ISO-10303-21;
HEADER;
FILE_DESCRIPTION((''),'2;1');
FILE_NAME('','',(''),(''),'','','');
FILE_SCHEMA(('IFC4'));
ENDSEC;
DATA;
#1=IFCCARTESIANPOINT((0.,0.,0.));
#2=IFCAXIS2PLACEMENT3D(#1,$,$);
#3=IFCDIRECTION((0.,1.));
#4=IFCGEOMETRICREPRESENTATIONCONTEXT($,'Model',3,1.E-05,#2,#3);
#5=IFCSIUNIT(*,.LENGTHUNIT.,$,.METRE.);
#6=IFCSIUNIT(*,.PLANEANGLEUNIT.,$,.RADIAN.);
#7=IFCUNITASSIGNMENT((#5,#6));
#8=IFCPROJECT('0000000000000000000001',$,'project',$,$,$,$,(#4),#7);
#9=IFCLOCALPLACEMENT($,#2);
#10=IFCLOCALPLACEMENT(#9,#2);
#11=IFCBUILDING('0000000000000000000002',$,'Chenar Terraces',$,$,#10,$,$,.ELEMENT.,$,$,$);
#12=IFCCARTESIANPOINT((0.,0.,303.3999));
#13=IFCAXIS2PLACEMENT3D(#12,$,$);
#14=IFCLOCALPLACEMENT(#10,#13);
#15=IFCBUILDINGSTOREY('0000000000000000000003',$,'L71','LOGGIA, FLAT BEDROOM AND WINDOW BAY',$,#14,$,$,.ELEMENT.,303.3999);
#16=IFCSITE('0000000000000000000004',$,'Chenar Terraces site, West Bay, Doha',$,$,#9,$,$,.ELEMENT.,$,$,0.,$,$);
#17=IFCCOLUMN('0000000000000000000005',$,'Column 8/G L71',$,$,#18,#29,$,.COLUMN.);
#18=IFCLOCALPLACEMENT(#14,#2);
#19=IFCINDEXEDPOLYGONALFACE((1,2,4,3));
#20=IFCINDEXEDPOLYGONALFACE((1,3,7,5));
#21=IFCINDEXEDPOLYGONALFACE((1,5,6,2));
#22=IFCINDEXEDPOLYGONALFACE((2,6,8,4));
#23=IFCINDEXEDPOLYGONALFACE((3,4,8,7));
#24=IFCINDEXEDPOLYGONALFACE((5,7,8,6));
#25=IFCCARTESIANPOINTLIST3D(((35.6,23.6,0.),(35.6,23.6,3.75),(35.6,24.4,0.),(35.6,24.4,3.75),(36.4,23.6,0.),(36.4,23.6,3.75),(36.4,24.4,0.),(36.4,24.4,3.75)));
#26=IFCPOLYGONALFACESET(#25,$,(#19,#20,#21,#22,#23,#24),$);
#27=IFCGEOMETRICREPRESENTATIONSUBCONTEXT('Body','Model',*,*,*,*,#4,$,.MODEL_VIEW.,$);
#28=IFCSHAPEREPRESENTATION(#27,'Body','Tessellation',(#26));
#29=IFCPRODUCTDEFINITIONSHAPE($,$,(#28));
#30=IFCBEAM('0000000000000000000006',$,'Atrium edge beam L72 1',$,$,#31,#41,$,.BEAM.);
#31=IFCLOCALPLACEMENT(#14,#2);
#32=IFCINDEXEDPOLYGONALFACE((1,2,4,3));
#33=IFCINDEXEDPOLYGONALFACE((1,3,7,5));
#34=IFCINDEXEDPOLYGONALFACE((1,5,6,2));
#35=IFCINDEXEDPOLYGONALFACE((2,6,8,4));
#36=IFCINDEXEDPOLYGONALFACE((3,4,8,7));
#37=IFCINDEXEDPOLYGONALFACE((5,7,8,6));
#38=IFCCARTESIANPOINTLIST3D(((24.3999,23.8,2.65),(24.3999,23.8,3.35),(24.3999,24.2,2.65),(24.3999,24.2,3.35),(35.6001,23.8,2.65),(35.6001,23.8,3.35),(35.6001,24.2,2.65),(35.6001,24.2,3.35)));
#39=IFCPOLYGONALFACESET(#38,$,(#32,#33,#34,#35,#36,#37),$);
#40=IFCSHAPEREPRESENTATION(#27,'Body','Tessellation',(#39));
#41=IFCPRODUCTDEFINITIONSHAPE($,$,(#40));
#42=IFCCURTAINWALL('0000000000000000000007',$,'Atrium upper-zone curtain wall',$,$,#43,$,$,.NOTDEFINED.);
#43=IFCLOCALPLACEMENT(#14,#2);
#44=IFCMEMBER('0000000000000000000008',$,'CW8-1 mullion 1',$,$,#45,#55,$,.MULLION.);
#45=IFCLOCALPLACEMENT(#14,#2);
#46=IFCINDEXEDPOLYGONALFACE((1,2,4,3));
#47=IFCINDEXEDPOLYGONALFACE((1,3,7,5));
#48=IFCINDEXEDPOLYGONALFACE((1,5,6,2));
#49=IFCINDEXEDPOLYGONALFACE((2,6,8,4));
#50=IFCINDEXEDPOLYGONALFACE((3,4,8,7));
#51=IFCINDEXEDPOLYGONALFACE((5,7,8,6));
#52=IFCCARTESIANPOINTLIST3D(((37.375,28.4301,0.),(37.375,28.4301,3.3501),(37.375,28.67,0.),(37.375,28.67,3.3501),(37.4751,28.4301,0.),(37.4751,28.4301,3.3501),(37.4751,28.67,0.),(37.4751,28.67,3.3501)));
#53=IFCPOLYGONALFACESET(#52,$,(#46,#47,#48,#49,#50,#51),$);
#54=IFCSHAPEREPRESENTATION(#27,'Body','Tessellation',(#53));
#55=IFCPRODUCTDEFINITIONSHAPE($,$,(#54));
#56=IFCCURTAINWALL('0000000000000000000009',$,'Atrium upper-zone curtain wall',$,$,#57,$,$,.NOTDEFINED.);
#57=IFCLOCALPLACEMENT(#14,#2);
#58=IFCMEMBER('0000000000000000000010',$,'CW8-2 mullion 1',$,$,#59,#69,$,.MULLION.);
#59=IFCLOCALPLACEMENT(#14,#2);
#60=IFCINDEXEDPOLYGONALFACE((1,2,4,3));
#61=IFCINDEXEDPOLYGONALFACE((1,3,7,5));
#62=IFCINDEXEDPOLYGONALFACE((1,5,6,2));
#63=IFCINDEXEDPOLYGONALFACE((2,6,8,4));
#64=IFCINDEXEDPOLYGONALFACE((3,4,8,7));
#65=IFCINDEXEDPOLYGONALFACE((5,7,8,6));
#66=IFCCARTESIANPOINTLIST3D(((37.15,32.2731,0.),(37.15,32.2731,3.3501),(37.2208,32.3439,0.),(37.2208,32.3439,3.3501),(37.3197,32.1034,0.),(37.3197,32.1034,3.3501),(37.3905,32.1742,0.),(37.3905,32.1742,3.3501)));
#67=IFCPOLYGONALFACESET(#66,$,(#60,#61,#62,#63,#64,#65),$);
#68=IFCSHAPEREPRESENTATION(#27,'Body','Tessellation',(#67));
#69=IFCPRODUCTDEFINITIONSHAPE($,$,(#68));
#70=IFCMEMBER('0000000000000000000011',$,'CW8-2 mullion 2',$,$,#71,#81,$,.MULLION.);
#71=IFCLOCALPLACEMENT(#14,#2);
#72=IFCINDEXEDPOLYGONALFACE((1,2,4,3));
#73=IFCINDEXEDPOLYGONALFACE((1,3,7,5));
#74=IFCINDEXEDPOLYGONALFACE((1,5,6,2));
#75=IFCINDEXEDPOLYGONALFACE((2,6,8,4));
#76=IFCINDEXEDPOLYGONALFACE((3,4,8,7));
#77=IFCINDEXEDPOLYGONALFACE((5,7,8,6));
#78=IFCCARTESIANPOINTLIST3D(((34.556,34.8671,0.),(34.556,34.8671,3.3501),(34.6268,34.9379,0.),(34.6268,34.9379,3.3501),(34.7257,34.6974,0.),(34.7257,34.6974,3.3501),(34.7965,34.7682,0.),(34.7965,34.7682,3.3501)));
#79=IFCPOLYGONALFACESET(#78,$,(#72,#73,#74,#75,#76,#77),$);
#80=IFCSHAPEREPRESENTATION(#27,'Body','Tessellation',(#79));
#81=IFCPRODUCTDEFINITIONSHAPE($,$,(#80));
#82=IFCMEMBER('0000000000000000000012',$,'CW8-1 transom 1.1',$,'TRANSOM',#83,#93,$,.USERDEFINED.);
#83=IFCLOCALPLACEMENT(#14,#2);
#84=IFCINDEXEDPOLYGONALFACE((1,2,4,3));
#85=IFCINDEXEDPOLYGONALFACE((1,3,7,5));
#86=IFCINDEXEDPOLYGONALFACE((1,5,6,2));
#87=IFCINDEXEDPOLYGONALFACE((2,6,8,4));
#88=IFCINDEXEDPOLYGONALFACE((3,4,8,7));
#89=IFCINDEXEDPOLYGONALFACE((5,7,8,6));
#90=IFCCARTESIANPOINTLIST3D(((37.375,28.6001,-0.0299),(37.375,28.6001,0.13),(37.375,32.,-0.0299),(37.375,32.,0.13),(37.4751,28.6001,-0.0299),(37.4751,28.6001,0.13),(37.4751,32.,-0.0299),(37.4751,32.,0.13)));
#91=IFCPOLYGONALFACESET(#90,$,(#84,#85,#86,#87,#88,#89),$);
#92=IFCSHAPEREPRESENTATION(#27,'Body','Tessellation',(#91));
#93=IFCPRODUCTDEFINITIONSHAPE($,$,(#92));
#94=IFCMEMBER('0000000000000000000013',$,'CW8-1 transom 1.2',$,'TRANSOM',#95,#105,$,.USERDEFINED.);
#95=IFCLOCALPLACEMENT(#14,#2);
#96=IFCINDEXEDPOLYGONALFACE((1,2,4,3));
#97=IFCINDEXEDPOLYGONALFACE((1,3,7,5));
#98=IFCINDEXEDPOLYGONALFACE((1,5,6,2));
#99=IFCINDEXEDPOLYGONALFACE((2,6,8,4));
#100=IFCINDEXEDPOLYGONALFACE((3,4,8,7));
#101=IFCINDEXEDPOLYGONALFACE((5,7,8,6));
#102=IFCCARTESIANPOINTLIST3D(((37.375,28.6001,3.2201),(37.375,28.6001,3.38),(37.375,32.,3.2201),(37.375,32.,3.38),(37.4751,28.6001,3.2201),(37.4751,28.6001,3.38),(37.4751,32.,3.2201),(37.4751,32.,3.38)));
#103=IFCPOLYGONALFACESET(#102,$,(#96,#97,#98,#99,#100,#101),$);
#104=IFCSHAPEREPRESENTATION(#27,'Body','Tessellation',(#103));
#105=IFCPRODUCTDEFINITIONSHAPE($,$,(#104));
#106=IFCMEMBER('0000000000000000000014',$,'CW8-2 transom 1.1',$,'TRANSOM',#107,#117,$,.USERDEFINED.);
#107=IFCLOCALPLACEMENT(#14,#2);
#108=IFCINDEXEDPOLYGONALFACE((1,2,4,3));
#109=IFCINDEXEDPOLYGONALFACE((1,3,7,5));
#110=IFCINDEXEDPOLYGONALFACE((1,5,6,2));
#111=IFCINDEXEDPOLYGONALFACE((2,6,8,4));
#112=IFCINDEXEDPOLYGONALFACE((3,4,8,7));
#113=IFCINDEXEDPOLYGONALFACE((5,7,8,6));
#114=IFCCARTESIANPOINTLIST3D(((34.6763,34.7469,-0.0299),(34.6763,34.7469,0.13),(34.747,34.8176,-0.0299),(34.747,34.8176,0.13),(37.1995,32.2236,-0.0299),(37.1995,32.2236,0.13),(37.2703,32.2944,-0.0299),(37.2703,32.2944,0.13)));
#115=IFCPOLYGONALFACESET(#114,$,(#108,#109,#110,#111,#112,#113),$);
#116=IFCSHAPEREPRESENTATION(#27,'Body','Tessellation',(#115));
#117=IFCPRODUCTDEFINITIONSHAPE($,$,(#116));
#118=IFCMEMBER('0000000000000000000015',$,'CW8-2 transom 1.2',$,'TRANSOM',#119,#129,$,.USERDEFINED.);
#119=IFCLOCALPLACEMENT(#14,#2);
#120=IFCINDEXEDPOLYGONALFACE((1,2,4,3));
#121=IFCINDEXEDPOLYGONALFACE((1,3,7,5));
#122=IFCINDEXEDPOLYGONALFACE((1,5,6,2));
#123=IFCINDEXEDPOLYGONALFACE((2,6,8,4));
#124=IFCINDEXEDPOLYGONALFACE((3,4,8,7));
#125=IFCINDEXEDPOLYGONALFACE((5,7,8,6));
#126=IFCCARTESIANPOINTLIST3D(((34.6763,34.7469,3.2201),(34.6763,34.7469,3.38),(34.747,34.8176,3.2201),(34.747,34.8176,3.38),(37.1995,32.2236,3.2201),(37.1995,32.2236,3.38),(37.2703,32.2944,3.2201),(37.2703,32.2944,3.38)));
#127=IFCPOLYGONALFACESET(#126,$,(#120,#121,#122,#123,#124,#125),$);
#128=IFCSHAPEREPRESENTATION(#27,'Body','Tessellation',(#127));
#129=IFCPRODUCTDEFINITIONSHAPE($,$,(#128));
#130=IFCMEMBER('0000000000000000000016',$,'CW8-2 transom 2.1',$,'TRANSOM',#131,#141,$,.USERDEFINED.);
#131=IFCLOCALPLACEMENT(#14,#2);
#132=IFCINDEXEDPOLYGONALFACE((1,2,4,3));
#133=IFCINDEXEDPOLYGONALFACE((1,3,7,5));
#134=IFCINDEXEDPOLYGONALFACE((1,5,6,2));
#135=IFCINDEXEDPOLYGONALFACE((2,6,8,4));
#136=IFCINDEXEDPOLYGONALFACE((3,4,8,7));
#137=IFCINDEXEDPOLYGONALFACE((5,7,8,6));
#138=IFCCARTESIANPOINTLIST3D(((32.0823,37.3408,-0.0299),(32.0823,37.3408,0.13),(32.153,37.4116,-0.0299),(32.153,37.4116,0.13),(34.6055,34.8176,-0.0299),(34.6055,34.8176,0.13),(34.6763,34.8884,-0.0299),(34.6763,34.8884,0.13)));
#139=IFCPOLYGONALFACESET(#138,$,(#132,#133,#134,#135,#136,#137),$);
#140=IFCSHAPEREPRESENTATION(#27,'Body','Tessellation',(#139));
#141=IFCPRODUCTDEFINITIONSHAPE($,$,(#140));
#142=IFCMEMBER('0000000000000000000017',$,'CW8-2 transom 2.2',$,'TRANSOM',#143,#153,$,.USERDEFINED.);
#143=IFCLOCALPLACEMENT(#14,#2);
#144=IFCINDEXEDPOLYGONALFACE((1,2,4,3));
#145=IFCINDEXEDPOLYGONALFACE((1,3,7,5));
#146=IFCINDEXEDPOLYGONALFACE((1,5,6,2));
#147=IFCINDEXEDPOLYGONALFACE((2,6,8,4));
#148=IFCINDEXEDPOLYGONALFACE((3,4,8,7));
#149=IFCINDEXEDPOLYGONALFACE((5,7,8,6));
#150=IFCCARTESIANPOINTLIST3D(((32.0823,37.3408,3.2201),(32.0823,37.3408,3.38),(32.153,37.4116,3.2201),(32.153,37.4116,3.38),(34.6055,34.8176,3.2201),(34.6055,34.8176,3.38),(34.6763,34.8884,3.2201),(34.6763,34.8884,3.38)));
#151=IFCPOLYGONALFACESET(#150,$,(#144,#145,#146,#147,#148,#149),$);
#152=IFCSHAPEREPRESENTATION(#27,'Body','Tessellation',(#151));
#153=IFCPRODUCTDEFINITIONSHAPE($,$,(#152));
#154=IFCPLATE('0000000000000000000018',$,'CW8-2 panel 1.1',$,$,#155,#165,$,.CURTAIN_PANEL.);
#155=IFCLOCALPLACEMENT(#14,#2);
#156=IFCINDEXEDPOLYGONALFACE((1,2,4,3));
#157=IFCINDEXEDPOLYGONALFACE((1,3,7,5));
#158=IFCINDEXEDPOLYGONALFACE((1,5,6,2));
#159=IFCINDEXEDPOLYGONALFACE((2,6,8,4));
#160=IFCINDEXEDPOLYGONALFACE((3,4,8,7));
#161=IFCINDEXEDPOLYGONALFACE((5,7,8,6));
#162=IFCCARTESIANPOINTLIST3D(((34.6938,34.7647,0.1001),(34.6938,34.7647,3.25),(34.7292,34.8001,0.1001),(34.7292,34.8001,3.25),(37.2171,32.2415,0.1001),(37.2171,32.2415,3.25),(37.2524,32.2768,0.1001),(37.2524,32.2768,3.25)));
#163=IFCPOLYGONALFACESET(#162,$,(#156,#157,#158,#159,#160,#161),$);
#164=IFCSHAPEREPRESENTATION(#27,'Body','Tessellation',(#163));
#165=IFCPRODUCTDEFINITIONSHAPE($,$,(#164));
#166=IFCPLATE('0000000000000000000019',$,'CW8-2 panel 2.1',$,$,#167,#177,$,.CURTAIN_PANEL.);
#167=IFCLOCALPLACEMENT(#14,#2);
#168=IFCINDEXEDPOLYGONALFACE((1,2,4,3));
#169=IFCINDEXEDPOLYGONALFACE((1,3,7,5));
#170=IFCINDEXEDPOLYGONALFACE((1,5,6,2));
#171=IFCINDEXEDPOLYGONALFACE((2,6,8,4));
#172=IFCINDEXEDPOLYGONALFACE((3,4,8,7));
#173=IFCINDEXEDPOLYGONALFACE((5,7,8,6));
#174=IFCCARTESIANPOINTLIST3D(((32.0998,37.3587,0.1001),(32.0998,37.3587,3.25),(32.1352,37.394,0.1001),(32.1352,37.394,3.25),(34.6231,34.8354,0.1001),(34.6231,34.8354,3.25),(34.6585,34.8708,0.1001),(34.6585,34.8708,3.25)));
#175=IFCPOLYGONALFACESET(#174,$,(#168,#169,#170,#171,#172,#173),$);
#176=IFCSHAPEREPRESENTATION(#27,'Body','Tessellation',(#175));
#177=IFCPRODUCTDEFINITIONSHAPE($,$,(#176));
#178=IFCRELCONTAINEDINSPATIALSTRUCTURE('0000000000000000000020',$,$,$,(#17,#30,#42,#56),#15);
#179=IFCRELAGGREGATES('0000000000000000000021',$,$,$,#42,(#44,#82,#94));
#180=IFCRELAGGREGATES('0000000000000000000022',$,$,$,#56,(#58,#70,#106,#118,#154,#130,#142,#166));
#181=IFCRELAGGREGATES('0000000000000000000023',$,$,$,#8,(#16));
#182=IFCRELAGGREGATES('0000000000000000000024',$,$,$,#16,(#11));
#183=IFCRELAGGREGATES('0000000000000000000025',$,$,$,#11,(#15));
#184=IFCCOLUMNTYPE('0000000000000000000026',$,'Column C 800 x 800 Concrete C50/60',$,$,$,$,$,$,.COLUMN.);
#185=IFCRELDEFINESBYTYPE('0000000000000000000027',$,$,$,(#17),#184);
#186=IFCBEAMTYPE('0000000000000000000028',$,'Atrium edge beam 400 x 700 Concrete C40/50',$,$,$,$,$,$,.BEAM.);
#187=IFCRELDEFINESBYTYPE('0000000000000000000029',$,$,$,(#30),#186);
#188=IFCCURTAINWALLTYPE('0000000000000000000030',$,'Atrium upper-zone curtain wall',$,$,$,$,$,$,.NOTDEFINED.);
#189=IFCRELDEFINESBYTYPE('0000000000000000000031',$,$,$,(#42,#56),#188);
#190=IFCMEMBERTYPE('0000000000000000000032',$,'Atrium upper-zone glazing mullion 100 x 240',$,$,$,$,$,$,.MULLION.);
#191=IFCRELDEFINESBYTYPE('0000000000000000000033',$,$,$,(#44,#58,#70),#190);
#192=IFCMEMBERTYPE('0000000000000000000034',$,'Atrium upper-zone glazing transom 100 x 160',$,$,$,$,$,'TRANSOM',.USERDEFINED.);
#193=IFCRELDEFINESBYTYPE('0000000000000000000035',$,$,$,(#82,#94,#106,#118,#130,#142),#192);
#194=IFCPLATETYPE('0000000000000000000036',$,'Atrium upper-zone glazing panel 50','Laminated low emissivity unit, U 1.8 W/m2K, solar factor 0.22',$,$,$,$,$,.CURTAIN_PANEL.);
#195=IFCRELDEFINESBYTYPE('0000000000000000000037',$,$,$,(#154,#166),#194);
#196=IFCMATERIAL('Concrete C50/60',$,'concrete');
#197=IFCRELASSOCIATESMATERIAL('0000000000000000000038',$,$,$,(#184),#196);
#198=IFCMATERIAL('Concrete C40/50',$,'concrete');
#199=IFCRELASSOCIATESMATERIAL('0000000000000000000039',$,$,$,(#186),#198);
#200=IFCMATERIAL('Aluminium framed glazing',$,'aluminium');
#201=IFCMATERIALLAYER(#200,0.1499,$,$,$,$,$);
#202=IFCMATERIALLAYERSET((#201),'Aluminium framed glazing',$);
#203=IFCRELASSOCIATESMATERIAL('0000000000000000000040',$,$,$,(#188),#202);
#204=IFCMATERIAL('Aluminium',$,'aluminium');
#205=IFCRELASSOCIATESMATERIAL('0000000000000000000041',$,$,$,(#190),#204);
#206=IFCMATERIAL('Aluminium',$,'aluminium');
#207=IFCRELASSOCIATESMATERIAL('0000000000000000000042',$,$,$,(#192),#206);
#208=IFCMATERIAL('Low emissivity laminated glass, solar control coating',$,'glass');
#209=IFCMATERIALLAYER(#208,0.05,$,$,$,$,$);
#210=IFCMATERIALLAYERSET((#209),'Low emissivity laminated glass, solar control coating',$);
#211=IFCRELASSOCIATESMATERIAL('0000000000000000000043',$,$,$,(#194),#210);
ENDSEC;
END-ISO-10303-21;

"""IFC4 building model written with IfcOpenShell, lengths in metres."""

from ifc_helpers import new_model, si_unit, direction, frame, origin, origin_2d, place, context, subcontext, project, spatial, rectangle, extrude, material, layer, layer_set, material_profile, profile_set, type_object, element, aggregate, save


model = new_model("IFC4")

# Units and contexts
model_context = context("Model", 3, precision=1e-05, world=origin(), true_north=direction((0.0, 1.0)))
body_context = subcontext(model_context, "Body", "Model", "MODEL_VIEW")
ifc_project = project(units=[si_unit("LENGTHUNIT", "METRE"), si_unit("PLANEANGLEUNIT", "RADIAN")], contexts=[model_context])

# Site, building, storey
site_placement = place(None, origin())
site = spatial("IfcSite", under=ifc_project, at=site_placement, Name="Chenar Terraces site, West Bay, Doha", CompositionType="ELEMENT", RefElevation=0.0)
building_placement = place(site_placement, origin())
building = spatial("IfcBuilding", under=site, at=building_placement, Name="Chenar Terraces", CompositionType="ELEMENT")
storey_placement = place(building_placement, frame((0.0, 0.0, 303.3999)))
storey = spatial("IfcBuildingStorey", under=building, at=storey_placement, Name="L71", Description="LOGGIA, FLAT BEDROOM AND WINDOW BAY", CompositionType="ELEMENT", Elevation=303.3999)

# Column
ifc_material_1 = material(Name="Concrete C50/60", Category="concrete")
ifc_material_profile_1 = material_profile(ifc_material_1, rectangle(XDim=0.8, YDim=0.8, at=origin_2d()), Name="C 800 x 800")
ifc_profile_set_1 = profile_set([ifc_material_profile_1], Name="Concrete C50/60")
column_type = type_object("IfcColumnType", Name="Column C 800 x 800 Concrete C50/60", PredefinedType="COLUMN", material=ifc_profile_set_1)
column_placement = place(storey_placement, frame((36.0, 24.0, 0.0), z_axis=(0.0, 0.0, 1.0), x_axis=(1.0, 0.0, 0.0)))
element("IfcColumn", 1, at=column_placement, inside=storey, type_object=column_type, Name="Column 8/G L71", PredefinedType="COLUMN", context=body_context, shape_type="SweptSolid", body=[
    extrude(rectangle(XDim=0.8, YDim=0.8, at=origin_2d()), origin(), (0.0, 0.0, 1.0), 3.75),
])

# Beam
ifc_material_2 = material(Name="Concrete C40/50", Category="concrete")
ifc_material_profile_2 = material_profile(ifc_material_2, rectangle(XDim=0.3999, YDim=0.7, at=origin_2d()), Name="RC 400 x 700")
ifc_profile_set_2 = profile_set([ifc_material_profile_2], Name="Concrete C40/50")
beam_type = type_object("IfcBeamType", Name="Atrium edge beam 400 x 700 Concrete C40/50", PredefinedType="BEAM", material=ifc_profile_set_2)
beam_placement = place(storey_placement, frame((24.3999, 24.0, 3.0), z_axis=(1.0, 0.0, 0.0), x_axis=(0.0, 1.0, 0.0)))
element("IfcBeam", 2, at=beam_placement, inside=storey, type_object=beam_type, Name="Atrium edge beam L72 1", PredefinedType="BEAM", context=body_context, shape_type="SweptSolid", body=[
    extrude(rectangle(XDim=0.3999, YDim=0.7, at=origin_2d()), origin(), (0.0, 0.0, 1.0), 11.2002),
])

# Curtain wall, member
ifc_material_3 = material(Name="Aluminium framed glazing", Category="aluminium")
ifc_layer_1 = layer(ifc_material_3, 0.1499)
ifc_layer_set_1 = layer_set([ifc_layer_1], Name="Aluminium framed glazing")
curtain_wall_type = type_object("IfcCurtainWallType", Name="Atrium upper-zone curtain wall", PredefinedType="NOTDEFINED", material=ifc_layer_set_1)
placement = place(storey_placement, origin())
curtain_wall_1 = element("IfcCurtainWall", 3, at=placement, inside=storey, type_object=curtain_wall_type, Name="Atrium upper-zone curtain wall", PredefinedType="NOTDEFINED")
ifc_material_4 = material(Name="Aluminium", Category="aluminium")
ifc_material_profile_3 = material_profile(ifc_material_4, rectangle(XDim=0.1001, YDim=0.24, at=origin_2d()), Name="Atrium upper-zone glazing mullion 100 x 240")
ifc_profile_set_3 = profile_set([ifc_material_profile_3], Name="Aluminium")
member_type_1 = type_object("IfcMemberType", Name="Atrium upper-zone glazing mullion 100 x 240", PredefinedType="MULLION", material=ifc_profile_set_3)
member_1_placement = place(storey_placement, frame((37.425, 28.55, 0.0), z_axis=(0.0, 0.0, 1.0), x_axis=(-1.0, 0.0, 0.0)))
member_1 = element("IfcMember", 4, at=member_1_placement, type_object=member_type_1, Name="CW8-1 mullion 1", PredefinedType="MULLION", context=body_context, shape_type="SweptSolid", body=[
    extrude(rectangle(XDim=0.1001, YDim=0.24, at=origin_2d()), origin(), (0.0, 0.0, 1.0), 3.3501),
])

# Curtain wall, members
curtain_wall_2 = element("IfcCurtainWall", 5, at=placement, inside=storey, type_object=curtain_wall_type, Name="Atrium upper-zone curtain wall", PredefinedType="NOTDEFINED")
member_2_placement = place(storey_placement, frame((37.2703, 32.2236, 0.0), z_axis=(0.0, 0.0, 1.0), x_axis=(-0.707107, -0.707107, 0.0)))
member_2 = element("IfcMember", 6, at=member_2_placement, type_object=member_type_1, Name="CW8-2 mullion 1", PredefinedType="MULLION", context=body_context, shape_type="SweptSolid", body=[
    extrude(rectangle(XDim=0.1001, YDim=0.24, at=origin_2d()), origin(), (0.0, 0.0, 1.0), 3.3501),
])
member_3_placement = place(storey_placement, frame((34.6763, 34.8176, 0.0), z_axis=(0.0, 0.0, 1.0), x_axis=(-0.707107, -0.707107, 0.0)))
member_3 = element("IfcMember", 7, at=member_3_placement, type_object=member_type_1, Name="CW8-2 mullion 2", PredefinedType="MULLION", context=body_context, shape_type="SweptSolid", body=[
    extrude(rectangle(XDim=0.1001, YDim=0.24, at=origin_2d()), origin(), (0.0, 0.0, 1.0), 3.3501),
])

# Members
ifc_material_5 = material(Name="Aluminium", Category="aluminium")
ifc_material_profile_4 = material_profile(ifc_material_5, rectangle(XDim=0.1001, YDim=0.1599, at=origin_2d()), Name="Atrium upper-zone glazing transom 100 x 160")
ifc_profile_set_4 = profile_set([ifc_material_profile_4], Name="Aluminium")
member_type_2 = type_object("IfcMemberType", Name="Atrium upper-zone glazing transom 100 x 160", ElementType="TRANSOM", PredefinedType="USERDEFINED", material=ifc_profile_set_4)
member_4_placement = place(storey_placement, frame((37.425, 28.6001, 0.05), z_axis=(0.0, 1.0, 0.0), x_axis=(-1.0, 0.0, 0.0)))
member_4 = element("IfcMember", 8, at=member_4_placement, type_object=member_type_2, Name="CW8-1 transom 1.1", ObjectType="TRANSOM", PredefinedType="USERDEFINED", context=body_context, shape_type="SweptSolid", body=[
    extrude(rectangle(XDim=0.1001, YDim=0.1599, at=origin_2d()), origin(), (0.0, 0.0, 1.0), 3.3999),
])
member_5_placement = place(storey_placement, frame((37.425, 28.6001, 3.3), z_axis=(0.0, 1.0, 0.0), x_axis=(-1.0, 0.0, 0.0)))
member_5 = element("IfcMember", 9, at=member_5_placement, type_object=member_type_2, Name="CW8-1 transom 1.2", ObjectType="TRANSOM", PredefinedType="USERDEFINED", context=body_context, shape_type="SweptSolid", body=[
    extrude(rectangle(XDim=0.1001, YDim=0.1599, at=origin_2d()), origin(), (0.0, 0.0, 1.0), 3.3999),
])
aggregate(curtain_wall_1, [member_1, member_4, member_5])
member_6_placement = place(storey_placement, frame((37.2349, 32.259, 0.05), z_axis=(-0.707107, 0.707107, 0.0), x_axis=(-0.707107, -0.707107, 0.0)))
member_6 = element("IfcMember", 10, at=member_6_placement, type_object=member_type_2, Name="CW8-2 transom 1.1", ObjectType="TRANSOM", PredefinedType="USERDEFINED", context=body_context, shape_type="SweptSolid", body=[
    extrude(rectangle(XDim=0.1001, YDim=0.1599, at=origin_2d()), origin(), (0.0, 0.0, 1.0), 3.5684),
])
member_7_placement = place(storey_placement, frame((37.2349, 32.259, 3.3), z_axis=(-0.707107, 0.707107, 0.0), x_axis=(-0.707107, -0.707107, 0.0)))
member_7 = element("IfcMember", 11, at=member_7_placement, type_object=member_type_2, Name="CW8-2 transom 1.2", ObjectType="TRANSOM", PredefinedType="USERDEFINED", context=body_context, shape_type="SweptSolid", body=[
    extrude(rectangle(XDim=0.1001, YDim=0.1599, at=origin_2d()), origin(), (0.0, 0.0, 1.0), 3.5684),
])
member_8_placement = place(storey_placement, frame((34.6409, 34.853, 0.05), z_axis=(-0.707107, 0.707107, 0.0), x_axis=(-0.707107, -0.707107, 0.0)))
member_8 = element("IfcMember", 12, at=member_8_placement, type_object=member_type_2, Name="CW8-2 transom 2.1", ObjectType="TRANSOM", PredefinedType="USERDEFINED", context=body_context, shape_type="SweptSolid", body=[
    extrude(rectangle(XDim=0.1001, YDim=0.1599, at=origin_2d()), origin(), (0.0, 0.0, 1.0), 3.5684),
])
member_9_placement = place(storey_placement, frame((34.6409, 34.853, 3.3), z_axis=(-0.707107, 0.707107, 0.0), x_axis=(-0.707107, -0.707107, 0.0)))
member_9 = element("IfcMember", 13, at=member_9_placement, type_object=member_type_2, Name="CW8-2 transom 2.2", ObjectType="TRANSOM", PredefinedType="USERDEFINED", context=body_context, shape_type="SweptSolid", body=[
    extrude(rectangle(XDim=0.1001, YDim=0.1599, at=origin_2d()), origin(), (0.0, 0.0, 1.0), 3.5684),
])

# Plates
ifc_material_6 = material(Name="Low emissivity laminated glass, solar control coating", Category="glass")
ifc_layer_2 = layer(ifc_material_6, 0.05)
ifc_layer_set_2 = layer_set([ifc_layer_2], Name="Low emissivity laminated glass, solar control coating")
plate_type = type_object("IfcPlateType", Name="Atrium upper-zone glazing panel 50", Description="Laminated low emissivity unit, U 1.8 W/m2K, solar factor 0.22", PredefinedType="CURTAIN_PANEL", material=ifc_layer_set_2)
plate_1_placement = place(storey_placement, frame((35.9731, 33.5208, 0.1001), z_axis=(0.0, 0.0, 1.0), x_axis=(-0.707107, 0.707107, 0.0)))
plate_1 = element("IfcPlate", 14, at=plate_1_placement, type_object=plate_type, Name="CW8-2 panel 1.1", PredefinedType="CURTAIN_PANEL", context=body_context, shape_type="SweptSolid", body=[
    extrude(rectangle(XDim=3.5684, YDim=0.05, at=origin_2d()), origin(), (0.0, 0.0, 1.0), 3.1499),
])
plate_2_placement = place(storey_placement, frame((33.3792, 36.1147, 0.1001), z_axis=(0.0, 0.0, 1.0), x_axis=(-0.707107, 0.707107, 0.0)))
plate_2 = element("IfcPlate", 15, at=plate_2_placement, type_object=plate_type, Name="CW8-2 panel 2.1", PredefinedType="CURTAIN_PANEL", context=body_context, shape_type="SweptSolid", body=[
    extrude(rectangle(XDim=3.5684, YDim=0.05, at=origin_2d()), origin(), (0.0, 0.0, 1.0), 3.1499),
])
aggregate(curtain_wall_2, [member_2, member_3, member_6, member_7, plate_1, member_8, member_9, plate_2])

save(model, "model.ifc")
